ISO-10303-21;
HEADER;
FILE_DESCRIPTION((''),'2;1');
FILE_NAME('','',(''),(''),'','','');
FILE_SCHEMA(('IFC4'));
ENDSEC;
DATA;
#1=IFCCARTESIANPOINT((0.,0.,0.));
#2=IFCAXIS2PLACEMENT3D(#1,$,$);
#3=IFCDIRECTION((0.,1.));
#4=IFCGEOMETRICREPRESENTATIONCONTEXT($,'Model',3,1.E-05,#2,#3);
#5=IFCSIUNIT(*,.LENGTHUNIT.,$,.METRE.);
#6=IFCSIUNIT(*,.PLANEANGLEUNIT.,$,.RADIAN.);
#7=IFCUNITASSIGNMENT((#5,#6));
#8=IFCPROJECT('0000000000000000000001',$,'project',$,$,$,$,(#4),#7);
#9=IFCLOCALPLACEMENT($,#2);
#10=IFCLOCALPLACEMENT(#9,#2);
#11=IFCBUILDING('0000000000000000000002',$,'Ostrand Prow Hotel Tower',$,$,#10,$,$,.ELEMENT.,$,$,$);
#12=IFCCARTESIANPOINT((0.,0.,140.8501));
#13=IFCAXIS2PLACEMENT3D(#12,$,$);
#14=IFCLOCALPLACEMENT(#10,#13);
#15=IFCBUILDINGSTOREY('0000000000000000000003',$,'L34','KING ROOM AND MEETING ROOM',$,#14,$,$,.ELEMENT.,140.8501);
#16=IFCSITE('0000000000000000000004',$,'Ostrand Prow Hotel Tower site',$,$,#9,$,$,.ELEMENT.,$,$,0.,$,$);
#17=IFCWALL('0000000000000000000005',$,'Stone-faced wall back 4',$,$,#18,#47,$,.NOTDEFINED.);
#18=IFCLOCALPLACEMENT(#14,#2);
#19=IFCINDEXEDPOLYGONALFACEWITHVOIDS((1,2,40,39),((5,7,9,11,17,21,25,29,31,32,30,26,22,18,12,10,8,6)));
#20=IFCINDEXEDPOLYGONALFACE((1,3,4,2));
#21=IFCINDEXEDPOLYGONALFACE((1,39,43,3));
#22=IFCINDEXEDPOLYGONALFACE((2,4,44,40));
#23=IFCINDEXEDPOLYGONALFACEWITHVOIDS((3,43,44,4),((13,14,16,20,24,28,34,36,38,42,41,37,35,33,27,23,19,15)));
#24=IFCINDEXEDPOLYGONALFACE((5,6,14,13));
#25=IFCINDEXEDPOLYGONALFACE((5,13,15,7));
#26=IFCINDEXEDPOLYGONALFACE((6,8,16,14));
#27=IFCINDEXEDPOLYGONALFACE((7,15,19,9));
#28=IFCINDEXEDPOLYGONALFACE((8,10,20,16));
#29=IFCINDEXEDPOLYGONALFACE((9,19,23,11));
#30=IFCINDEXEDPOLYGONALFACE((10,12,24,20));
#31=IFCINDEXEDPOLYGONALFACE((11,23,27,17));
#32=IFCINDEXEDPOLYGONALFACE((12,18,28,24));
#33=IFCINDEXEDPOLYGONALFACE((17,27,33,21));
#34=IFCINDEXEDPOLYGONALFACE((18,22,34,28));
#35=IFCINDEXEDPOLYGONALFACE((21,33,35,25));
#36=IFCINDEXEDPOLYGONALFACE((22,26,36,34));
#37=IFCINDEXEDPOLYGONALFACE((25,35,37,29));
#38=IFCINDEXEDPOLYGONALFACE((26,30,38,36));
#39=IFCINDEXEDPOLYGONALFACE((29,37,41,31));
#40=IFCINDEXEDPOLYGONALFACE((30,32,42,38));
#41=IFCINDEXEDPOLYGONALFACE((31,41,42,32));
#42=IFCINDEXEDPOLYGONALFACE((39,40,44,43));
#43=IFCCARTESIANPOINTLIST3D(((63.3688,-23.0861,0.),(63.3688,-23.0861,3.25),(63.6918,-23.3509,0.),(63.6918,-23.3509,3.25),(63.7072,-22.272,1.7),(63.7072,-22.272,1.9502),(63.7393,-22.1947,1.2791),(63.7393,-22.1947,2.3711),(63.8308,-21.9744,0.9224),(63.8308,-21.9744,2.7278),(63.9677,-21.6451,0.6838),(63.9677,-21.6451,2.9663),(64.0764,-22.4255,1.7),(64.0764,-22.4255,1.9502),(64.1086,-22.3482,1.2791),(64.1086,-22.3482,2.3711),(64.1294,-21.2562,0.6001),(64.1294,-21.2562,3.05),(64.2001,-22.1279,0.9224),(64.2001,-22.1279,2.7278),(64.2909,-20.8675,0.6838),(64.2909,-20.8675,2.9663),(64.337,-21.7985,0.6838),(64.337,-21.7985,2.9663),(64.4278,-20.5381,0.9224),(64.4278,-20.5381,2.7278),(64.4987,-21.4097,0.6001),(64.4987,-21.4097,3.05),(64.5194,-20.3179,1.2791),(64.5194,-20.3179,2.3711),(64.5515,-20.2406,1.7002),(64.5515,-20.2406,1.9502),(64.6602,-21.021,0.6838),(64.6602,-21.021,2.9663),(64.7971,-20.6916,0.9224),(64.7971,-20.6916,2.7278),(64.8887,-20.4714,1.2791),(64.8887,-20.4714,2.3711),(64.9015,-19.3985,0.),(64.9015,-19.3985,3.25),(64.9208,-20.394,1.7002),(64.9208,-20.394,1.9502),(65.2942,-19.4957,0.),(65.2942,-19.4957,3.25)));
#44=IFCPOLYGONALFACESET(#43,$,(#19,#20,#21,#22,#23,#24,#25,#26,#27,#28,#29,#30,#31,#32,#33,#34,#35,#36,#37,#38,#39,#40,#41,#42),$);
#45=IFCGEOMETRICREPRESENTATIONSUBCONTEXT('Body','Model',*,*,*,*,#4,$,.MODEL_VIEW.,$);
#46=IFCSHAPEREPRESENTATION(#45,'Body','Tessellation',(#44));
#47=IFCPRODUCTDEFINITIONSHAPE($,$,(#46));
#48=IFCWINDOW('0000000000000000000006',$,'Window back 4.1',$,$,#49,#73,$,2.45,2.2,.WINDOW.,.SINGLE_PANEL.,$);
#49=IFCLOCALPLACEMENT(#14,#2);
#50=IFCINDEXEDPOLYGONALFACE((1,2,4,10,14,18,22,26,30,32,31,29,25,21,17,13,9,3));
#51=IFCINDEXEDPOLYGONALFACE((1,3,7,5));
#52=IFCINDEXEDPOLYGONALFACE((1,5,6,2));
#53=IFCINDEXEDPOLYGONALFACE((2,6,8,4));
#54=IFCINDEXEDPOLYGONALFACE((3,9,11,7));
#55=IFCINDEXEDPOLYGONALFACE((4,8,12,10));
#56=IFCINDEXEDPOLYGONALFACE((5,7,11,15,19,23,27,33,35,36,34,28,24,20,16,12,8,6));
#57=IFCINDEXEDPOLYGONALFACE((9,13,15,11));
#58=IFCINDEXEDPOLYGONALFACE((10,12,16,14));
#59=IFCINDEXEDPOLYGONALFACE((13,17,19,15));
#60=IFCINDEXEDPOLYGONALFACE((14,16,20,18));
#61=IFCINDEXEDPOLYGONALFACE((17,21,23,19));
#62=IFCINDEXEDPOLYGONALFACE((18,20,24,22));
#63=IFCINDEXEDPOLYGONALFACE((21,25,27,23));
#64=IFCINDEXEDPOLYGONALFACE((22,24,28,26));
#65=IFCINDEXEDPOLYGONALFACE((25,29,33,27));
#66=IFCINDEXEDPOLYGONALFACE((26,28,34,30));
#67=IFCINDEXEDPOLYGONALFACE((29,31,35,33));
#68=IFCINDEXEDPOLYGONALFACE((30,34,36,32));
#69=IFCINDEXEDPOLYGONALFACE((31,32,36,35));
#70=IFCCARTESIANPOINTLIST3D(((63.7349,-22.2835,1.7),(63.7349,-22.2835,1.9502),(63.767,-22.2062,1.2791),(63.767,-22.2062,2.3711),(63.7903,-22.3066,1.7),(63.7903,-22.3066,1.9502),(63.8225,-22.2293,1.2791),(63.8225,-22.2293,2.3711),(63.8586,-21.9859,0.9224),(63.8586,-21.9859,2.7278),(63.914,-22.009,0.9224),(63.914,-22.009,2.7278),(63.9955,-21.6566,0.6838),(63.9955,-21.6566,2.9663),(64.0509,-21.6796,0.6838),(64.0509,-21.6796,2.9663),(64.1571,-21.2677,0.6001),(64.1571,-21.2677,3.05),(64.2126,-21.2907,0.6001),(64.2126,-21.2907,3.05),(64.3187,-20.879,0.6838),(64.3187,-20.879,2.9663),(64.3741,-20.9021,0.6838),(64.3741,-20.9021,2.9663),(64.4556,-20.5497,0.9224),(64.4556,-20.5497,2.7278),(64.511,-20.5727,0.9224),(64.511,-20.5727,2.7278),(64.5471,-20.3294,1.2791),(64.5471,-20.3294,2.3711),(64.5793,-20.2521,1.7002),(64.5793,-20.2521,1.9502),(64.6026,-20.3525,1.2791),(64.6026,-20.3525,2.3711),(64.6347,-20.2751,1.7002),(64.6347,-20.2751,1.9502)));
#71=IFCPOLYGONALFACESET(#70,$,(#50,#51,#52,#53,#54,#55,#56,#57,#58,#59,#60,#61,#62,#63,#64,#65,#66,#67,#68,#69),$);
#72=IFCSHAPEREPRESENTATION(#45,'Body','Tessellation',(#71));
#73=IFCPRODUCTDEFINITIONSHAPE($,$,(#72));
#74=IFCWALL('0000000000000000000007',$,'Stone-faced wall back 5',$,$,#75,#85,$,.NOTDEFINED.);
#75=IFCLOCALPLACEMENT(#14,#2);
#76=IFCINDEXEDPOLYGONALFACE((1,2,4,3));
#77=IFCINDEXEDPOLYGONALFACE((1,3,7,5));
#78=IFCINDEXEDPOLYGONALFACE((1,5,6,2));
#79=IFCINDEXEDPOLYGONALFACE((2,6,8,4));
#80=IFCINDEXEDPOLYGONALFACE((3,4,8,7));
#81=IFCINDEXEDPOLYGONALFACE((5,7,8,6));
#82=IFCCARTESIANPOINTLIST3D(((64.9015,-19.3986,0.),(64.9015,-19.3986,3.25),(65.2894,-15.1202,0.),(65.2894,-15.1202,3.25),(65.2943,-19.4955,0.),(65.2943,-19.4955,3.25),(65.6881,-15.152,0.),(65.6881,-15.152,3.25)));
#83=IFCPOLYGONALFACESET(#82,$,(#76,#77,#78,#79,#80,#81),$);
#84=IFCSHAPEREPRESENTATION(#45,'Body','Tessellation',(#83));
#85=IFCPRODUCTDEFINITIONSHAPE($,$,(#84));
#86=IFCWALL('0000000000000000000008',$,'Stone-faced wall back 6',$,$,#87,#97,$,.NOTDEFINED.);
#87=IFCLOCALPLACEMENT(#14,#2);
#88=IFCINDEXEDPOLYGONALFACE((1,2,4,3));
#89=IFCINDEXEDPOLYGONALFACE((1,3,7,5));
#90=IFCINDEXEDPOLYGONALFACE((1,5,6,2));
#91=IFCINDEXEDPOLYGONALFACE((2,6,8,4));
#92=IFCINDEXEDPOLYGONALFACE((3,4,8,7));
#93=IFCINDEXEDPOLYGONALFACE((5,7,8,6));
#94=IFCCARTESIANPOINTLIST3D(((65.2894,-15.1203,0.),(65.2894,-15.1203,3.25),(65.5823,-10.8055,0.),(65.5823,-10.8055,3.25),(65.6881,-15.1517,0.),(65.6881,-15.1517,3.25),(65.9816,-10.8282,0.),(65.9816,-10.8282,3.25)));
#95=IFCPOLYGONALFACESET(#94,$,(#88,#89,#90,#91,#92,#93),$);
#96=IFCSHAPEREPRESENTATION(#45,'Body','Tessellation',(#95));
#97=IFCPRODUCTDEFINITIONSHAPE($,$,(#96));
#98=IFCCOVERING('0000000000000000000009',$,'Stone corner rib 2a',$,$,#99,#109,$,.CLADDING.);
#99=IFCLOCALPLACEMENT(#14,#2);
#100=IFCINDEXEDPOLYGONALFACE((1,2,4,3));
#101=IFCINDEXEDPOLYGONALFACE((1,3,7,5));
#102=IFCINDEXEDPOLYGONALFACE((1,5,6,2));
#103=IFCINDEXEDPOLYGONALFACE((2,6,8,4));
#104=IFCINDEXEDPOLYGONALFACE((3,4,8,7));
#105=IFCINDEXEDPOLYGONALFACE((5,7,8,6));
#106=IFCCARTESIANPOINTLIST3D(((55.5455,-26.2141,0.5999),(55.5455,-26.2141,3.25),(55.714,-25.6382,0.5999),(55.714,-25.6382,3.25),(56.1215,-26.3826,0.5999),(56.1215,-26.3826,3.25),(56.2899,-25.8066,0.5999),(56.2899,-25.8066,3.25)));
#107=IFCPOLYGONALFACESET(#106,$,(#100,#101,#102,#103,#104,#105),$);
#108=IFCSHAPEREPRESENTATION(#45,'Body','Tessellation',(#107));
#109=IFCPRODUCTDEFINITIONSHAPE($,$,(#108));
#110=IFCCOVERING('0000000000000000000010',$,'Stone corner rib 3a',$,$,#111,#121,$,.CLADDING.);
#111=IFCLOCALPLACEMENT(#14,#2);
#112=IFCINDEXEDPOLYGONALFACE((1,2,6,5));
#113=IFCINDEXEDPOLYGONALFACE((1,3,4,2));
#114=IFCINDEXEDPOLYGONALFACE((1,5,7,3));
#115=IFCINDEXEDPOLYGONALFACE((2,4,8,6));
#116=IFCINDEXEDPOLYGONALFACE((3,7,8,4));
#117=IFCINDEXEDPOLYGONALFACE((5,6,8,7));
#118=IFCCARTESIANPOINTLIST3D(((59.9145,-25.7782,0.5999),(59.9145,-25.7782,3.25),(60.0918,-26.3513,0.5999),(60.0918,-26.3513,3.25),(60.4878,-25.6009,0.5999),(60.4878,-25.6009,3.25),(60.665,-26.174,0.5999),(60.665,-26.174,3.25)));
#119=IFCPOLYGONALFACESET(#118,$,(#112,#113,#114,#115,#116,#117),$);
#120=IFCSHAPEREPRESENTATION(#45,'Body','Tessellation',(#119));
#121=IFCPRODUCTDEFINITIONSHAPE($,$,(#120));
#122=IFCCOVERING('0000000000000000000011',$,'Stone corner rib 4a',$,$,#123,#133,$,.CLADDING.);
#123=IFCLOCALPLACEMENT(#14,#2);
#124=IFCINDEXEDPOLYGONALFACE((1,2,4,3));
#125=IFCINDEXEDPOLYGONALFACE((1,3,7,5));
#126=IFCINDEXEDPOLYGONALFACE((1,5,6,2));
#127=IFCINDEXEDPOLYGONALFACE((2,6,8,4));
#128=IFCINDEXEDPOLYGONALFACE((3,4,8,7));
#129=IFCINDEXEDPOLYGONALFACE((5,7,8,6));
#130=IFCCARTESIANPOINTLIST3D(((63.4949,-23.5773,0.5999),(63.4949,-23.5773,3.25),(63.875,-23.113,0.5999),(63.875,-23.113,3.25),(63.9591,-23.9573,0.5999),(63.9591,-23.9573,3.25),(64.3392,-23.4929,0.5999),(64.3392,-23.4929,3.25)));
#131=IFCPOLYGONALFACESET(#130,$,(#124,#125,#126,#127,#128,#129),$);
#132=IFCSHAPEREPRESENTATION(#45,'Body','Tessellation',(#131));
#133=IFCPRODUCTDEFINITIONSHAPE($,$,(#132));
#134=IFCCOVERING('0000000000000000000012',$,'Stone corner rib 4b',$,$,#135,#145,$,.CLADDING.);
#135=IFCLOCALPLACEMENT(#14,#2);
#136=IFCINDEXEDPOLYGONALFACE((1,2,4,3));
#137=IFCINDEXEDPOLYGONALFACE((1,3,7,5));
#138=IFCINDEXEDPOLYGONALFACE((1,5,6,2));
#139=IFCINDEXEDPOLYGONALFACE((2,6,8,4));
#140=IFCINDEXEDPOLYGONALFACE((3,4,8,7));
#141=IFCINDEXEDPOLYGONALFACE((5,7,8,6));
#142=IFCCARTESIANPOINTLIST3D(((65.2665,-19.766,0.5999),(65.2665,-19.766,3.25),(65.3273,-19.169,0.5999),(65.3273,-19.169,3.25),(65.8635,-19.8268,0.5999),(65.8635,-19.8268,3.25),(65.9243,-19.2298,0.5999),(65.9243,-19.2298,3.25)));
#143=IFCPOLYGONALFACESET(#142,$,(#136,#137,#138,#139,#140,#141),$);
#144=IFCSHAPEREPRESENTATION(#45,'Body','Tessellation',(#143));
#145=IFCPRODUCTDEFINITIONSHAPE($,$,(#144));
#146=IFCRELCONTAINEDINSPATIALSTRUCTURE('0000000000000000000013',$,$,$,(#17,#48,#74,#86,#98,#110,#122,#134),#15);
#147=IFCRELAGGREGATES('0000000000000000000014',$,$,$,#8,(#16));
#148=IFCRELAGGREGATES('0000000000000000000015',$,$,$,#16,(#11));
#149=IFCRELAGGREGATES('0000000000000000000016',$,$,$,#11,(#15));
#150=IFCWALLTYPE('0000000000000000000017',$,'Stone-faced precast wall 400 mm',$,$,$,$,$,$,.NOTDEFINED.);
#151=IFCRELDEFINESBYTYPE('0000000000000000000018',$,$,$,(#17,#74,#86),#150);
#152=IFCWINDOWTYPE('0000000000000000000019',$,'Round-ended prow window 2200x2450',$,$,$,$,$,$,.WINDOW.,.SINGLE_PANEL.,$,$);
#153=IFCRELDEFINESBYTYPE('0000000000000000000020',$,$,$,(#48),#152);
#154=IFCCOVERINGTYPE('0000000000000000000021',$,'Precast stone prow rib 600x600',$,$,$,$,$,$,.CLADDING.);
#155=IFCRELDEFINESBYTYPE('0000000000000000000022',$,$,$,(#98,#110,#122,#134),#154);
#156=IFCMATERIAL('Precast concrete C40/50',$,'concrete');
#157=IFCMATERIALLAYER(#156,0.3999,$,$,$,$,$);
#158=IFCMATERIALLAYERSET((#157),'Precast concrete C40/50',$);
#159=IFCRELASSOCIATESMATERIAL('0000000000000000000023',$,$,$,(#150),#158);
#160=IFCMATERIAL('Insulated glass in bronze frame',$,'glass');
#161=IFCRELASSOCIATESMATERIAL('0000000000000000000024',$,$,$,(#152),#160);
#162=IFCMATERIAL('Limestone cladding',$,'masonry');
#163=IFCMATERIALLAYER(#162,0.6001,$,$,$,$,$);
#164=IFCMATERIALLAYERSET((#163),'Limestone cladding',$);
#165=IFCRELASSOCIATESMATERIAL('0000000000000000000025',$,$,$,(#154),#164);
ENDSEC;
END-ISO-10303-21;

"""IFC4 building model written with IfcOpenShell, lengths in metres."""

from ifc_helpers import new_model, si_unit, direction, frame, frame_2d, origin, place, context, subcontext, project, spatial, polyline, rectangle, outline, extrude, material, layer, layer_set, type_object, element, fill, save


model = new_model("IFC4")

# Units and contexts
model_context = context("Model", 3, precision=1e-05, world=origin(), true_north=direction((0.0, 1.0)))
body_context = subcontext(model_context, "Body", "Model", "MODEL_VIEW")
ifc_project = project(units=[si_unit("LENGTHUNIT", "METRE"), si_unit("PLANEANGLEUNIT", "RADIAN")], contexts=[model_context])

# Site, building, storey
site_placement = place(None, origin())
site = spatial("IfcSite", under=ifc_project, at=site_placement, Name="Ostrand Prow Hotel Tower site", CompositionType="ELEMENT", RefElevation=0.0)
building_placement = place(site_placement, origin())
building = spatial("IfcBuilding", under=site, at=building_placement, Name="Ostrand Prow Hotel Tower", CompositionType="ELEMENT")
storey_placement = place(building_placement, frame((0.0, 0.0, 140.8501)))
storey = spatial("IfcBuildingStorey", under=building, at=storey_placement, Name="L34", Description="KING ROOM AND MEETING ROOM", CompositionType="ELEMENT", Elevation=140.8501)

# Wall, opening, window
ifc_material_1 = material(Name="Precast concrete C40/50", Category="concrete")
ifc_layer_1 = layer(ifc_material_1, 0.3999)
ifc_layer_set_1 = layer_set([ifc_layer_1], Name="Precast concrete C40/50")
wall_type_1 = type_object("IfcWallType", Name="Stone-faced precast wall 400 mm", PredefinedType="NOTDEFINED", material=ifc_layer_set_1)
ifc_material_2 = material(Name="Insulated glass in bronze frame", Category="glass")
window_type = type_object("IfcWindowType", Name="Round-ended prow window 2200x2450", PartitioningType="SINGLE_PANEL", PredefinedType="WINDOW", material=ifc_material_2)
wall_1_placement = place(storey_placement, frame((63.5303, -23.2185, 0.0), z_axis=(0.0, 0.0, 1.0), x_axis=(0.383817, 0.923409, 0.0)))
wall_1 = element("IfcWall", 1, at=wall_1_placement, inside=storey, type_object=wall_type_1, Name="Stone-faced wall back 4", PredefinedType="NOTDEFINED", context=body_context, shape_type="SweptSolid", body=[
    extrude(outline(polyline([(-0.0603, -0.2), (4.1147, -0.2), (4.0537, 0.2), (0.0603, 0.2), (-0.0603, -0.2)])), origin(), (0.0, 0.0, 1.0), 3.25),
])
opening_1_placement = place(wall_1_placement, frame((0.9419, 0.0, 0.6001)))
opening_1 = element("IfcOpeningElement", 2, at=opening_1_placement, cuts=wall_1, PredefinedType="OPENING", context=body_context, shape_type="SweptSolid", body=[
    extrude(outline(polyline([(0.0, 1.3501), (0.0837, 1.771), (0.3223, 2.1277), (0.679, 2.3662), (1.1001, 2.45), (1.521, 2.3662), (1.8777, 2.1277), (2.1162, 1.771), (2.2, 1.3501), (2.2, 1.1001), (2.1162, 0.679), (1.8777, 0.3223), (1.521, 0.0837), (1.1001, 0.0), (0.679, 0.0837), (0.3223, 0.3223), (0.0837, 0.679), (0.0, 1.0999), (0.0, 1.3501)])), frame((0.0, 0.21, 0.0), z_axis=(0.0, -1.0, 0.0), x_axis=(1.0, 0.0, 0.0)), (0.0, 0.0, 1.0), 0.4199),
])
window_1_placement = place(opening_1_placement, origin())
window_1 = element("IfcWindow", 3, at=window_1_placement, inside=storey, type_object=window_type, Name="Window back 4.1", OverallHeight=2.45, OverallWidth=2.2, PartitioningType="SINGLE_PANEL", PredefinedType="WINDOW", context=body_context, shape_type="SweptSolid", body=[
    extrude(outline(polyline([(0.0, 1.3501), (0.0837, 1.771), (0.3223, 2.1277), (0.679, 2.3662), (1.1001, 2.45), (1.521, 2.3662), (1.8777, 2.1277), (2.1162, 1.771), (2.2, 1.3501), (2.2, 1.1001), (2.1162, 0.679), (1.8777, 0.3223), (1.521, 0.0837), (1.1001, 0.0), (0.679, 0.0837), (0.3223, 0.3223), (0.0837, 0.679), (0.0, 1.0999), (0.0, 1.3501)])), frame((0.0, 0.1699, 0.0), z_axis=(0.0, -1.0, 0.0), x_axis=(1.0, 0.0, 0.0)), (0.0, 0.0, 1.0), 0.0601),
])
fill(opening_1, window_1)

# Walls
wall_2_placement = place(storey_placement, frame((65.0979, -19.447, 0.0), z_axis=(0.0, 0.0, 1.0), x_axis=(0.090297, 0.995915, 0.0)))
element("IfcWall", 4, at=wall_2_placement, inside=storey, type_object=wall_type_1, Name="Stone-faced wall back 5", PredefinedType="NOTDEFINED", context=body_context, shape_type="SweptSolid", body=[
    extrude(outline(polyline([(-0.0305, -0.2), (4.3308, -0.2), (4.3264, 0.2), (0.0305, 0.2), (-0.0305, -0.2)])), origin(), (0.0, 0.0, 1.0), 3.25),
])
wall_3_placement = place(storey_placement, frame((65.4888, -15.136, 0.0), z_axis=(0.0, 0.0, 1.0), x_axis=(0.067732, 0.997704, 0.0)))
element("IfcWall", 5, at=wall_3_placement, inside=storey, type_object=wall_type_1, Name="Stone-faced wall back 6", PredefinedType="NOTDEFINED", context=body_context, shape_type="SweptSolid", body=[
    extrude(outline(polyline([(-0.0022, -0.2), (4.3313, -0.2), (4.3269, 0.2), (0.0022, 0.2), (-0.0022, -0.2)])), origin(), (0.0, 0.0, 1.0), 3.25),
])

# Coverings
ifc_material_3 = material(Name="Limestone cladding", Category="masonry")
ifc_layer_2 = layer(ifc_material_3, 0.6001)
ifc_layer_set_2 = layer_set([ifc_layer_2], Name="Limestone cladding")
covering_type = type_object("IfcCoveringType", Name="Precast stone prow rib 600x600", PredefinedType="CLADDING", material=ifc_layer_set_2)
covering_1_placement = place(storey_placement, frame((56.002, -25.7224, 0.5999), z_axis=(0.0, 0.0, 1.0), x_axis=(-0.280734, -0.959786, 0.0)))
element("IfcCovering", 6, at=covering_1_placement, inside=storey, type_object=covering_type, Name="Stone corner rib 2a", PredefinedType="CLADDING", context=body_context, shape_type="SweptSolid", body=[
    extrude(rectangle(XDim=0.6001, YDim=0.6001, at=frame_2d((0.3, 0.0))), origin(), (0.0, 0.0, 1.0), 2.6501),
])
for number, where, z_axis, x_axis, name in (
    (7, (60.2012, -25.6897, 0.5999), (0.0, 0.0, 1.0), (0.295516, -0.955338, 0.0), "Stone corner rib 3a"),
    (8, (63.6851, -23.3452, 0.5999), (0.0, 0.0, 1.0), (0.77383, -0.633393, 0.0), "Stone corner rib 4a"),
):
    element("IfcCovering", number, at=place(storey_placement, frame(where, z_axis=z_axis, x_axis=x_axis)), inside=storey, type_object=covering_type, Name=name, PredefinedType="CLADDING", context=body_context, shape_type="SweptSolid", body=[
        extrude(rectangle(XDim=0.5999, YDim=0.6001, at=frame_2d((0.2998, 0.0))), origin(), (0.0, 0.0, 1.0), 2.6501),
    ])
covering_2_placement = place(storey_placement, frame((65.2969, -19.4675, 0.5999), z_axis=(0.0, 0.0, 1.0), x_axis=(0.994854, -0.101316, 0.0)))
element("IfcCovering", 9, at=covering_2_placement, inside=storey, type_object=covering_type, Name="Stone corner rib 4b", PredefinedType="CLADDING", context=body_context, shape_type="SweptSolid", body=[
    extrude(rectangle(XDim=0.6001, YDim=0.6001, at=frame_2d((0.3, 0.0))), origin(), (0.0, 0.0, 1.0), 2.6501),
])

save(model, "model.ifc")
